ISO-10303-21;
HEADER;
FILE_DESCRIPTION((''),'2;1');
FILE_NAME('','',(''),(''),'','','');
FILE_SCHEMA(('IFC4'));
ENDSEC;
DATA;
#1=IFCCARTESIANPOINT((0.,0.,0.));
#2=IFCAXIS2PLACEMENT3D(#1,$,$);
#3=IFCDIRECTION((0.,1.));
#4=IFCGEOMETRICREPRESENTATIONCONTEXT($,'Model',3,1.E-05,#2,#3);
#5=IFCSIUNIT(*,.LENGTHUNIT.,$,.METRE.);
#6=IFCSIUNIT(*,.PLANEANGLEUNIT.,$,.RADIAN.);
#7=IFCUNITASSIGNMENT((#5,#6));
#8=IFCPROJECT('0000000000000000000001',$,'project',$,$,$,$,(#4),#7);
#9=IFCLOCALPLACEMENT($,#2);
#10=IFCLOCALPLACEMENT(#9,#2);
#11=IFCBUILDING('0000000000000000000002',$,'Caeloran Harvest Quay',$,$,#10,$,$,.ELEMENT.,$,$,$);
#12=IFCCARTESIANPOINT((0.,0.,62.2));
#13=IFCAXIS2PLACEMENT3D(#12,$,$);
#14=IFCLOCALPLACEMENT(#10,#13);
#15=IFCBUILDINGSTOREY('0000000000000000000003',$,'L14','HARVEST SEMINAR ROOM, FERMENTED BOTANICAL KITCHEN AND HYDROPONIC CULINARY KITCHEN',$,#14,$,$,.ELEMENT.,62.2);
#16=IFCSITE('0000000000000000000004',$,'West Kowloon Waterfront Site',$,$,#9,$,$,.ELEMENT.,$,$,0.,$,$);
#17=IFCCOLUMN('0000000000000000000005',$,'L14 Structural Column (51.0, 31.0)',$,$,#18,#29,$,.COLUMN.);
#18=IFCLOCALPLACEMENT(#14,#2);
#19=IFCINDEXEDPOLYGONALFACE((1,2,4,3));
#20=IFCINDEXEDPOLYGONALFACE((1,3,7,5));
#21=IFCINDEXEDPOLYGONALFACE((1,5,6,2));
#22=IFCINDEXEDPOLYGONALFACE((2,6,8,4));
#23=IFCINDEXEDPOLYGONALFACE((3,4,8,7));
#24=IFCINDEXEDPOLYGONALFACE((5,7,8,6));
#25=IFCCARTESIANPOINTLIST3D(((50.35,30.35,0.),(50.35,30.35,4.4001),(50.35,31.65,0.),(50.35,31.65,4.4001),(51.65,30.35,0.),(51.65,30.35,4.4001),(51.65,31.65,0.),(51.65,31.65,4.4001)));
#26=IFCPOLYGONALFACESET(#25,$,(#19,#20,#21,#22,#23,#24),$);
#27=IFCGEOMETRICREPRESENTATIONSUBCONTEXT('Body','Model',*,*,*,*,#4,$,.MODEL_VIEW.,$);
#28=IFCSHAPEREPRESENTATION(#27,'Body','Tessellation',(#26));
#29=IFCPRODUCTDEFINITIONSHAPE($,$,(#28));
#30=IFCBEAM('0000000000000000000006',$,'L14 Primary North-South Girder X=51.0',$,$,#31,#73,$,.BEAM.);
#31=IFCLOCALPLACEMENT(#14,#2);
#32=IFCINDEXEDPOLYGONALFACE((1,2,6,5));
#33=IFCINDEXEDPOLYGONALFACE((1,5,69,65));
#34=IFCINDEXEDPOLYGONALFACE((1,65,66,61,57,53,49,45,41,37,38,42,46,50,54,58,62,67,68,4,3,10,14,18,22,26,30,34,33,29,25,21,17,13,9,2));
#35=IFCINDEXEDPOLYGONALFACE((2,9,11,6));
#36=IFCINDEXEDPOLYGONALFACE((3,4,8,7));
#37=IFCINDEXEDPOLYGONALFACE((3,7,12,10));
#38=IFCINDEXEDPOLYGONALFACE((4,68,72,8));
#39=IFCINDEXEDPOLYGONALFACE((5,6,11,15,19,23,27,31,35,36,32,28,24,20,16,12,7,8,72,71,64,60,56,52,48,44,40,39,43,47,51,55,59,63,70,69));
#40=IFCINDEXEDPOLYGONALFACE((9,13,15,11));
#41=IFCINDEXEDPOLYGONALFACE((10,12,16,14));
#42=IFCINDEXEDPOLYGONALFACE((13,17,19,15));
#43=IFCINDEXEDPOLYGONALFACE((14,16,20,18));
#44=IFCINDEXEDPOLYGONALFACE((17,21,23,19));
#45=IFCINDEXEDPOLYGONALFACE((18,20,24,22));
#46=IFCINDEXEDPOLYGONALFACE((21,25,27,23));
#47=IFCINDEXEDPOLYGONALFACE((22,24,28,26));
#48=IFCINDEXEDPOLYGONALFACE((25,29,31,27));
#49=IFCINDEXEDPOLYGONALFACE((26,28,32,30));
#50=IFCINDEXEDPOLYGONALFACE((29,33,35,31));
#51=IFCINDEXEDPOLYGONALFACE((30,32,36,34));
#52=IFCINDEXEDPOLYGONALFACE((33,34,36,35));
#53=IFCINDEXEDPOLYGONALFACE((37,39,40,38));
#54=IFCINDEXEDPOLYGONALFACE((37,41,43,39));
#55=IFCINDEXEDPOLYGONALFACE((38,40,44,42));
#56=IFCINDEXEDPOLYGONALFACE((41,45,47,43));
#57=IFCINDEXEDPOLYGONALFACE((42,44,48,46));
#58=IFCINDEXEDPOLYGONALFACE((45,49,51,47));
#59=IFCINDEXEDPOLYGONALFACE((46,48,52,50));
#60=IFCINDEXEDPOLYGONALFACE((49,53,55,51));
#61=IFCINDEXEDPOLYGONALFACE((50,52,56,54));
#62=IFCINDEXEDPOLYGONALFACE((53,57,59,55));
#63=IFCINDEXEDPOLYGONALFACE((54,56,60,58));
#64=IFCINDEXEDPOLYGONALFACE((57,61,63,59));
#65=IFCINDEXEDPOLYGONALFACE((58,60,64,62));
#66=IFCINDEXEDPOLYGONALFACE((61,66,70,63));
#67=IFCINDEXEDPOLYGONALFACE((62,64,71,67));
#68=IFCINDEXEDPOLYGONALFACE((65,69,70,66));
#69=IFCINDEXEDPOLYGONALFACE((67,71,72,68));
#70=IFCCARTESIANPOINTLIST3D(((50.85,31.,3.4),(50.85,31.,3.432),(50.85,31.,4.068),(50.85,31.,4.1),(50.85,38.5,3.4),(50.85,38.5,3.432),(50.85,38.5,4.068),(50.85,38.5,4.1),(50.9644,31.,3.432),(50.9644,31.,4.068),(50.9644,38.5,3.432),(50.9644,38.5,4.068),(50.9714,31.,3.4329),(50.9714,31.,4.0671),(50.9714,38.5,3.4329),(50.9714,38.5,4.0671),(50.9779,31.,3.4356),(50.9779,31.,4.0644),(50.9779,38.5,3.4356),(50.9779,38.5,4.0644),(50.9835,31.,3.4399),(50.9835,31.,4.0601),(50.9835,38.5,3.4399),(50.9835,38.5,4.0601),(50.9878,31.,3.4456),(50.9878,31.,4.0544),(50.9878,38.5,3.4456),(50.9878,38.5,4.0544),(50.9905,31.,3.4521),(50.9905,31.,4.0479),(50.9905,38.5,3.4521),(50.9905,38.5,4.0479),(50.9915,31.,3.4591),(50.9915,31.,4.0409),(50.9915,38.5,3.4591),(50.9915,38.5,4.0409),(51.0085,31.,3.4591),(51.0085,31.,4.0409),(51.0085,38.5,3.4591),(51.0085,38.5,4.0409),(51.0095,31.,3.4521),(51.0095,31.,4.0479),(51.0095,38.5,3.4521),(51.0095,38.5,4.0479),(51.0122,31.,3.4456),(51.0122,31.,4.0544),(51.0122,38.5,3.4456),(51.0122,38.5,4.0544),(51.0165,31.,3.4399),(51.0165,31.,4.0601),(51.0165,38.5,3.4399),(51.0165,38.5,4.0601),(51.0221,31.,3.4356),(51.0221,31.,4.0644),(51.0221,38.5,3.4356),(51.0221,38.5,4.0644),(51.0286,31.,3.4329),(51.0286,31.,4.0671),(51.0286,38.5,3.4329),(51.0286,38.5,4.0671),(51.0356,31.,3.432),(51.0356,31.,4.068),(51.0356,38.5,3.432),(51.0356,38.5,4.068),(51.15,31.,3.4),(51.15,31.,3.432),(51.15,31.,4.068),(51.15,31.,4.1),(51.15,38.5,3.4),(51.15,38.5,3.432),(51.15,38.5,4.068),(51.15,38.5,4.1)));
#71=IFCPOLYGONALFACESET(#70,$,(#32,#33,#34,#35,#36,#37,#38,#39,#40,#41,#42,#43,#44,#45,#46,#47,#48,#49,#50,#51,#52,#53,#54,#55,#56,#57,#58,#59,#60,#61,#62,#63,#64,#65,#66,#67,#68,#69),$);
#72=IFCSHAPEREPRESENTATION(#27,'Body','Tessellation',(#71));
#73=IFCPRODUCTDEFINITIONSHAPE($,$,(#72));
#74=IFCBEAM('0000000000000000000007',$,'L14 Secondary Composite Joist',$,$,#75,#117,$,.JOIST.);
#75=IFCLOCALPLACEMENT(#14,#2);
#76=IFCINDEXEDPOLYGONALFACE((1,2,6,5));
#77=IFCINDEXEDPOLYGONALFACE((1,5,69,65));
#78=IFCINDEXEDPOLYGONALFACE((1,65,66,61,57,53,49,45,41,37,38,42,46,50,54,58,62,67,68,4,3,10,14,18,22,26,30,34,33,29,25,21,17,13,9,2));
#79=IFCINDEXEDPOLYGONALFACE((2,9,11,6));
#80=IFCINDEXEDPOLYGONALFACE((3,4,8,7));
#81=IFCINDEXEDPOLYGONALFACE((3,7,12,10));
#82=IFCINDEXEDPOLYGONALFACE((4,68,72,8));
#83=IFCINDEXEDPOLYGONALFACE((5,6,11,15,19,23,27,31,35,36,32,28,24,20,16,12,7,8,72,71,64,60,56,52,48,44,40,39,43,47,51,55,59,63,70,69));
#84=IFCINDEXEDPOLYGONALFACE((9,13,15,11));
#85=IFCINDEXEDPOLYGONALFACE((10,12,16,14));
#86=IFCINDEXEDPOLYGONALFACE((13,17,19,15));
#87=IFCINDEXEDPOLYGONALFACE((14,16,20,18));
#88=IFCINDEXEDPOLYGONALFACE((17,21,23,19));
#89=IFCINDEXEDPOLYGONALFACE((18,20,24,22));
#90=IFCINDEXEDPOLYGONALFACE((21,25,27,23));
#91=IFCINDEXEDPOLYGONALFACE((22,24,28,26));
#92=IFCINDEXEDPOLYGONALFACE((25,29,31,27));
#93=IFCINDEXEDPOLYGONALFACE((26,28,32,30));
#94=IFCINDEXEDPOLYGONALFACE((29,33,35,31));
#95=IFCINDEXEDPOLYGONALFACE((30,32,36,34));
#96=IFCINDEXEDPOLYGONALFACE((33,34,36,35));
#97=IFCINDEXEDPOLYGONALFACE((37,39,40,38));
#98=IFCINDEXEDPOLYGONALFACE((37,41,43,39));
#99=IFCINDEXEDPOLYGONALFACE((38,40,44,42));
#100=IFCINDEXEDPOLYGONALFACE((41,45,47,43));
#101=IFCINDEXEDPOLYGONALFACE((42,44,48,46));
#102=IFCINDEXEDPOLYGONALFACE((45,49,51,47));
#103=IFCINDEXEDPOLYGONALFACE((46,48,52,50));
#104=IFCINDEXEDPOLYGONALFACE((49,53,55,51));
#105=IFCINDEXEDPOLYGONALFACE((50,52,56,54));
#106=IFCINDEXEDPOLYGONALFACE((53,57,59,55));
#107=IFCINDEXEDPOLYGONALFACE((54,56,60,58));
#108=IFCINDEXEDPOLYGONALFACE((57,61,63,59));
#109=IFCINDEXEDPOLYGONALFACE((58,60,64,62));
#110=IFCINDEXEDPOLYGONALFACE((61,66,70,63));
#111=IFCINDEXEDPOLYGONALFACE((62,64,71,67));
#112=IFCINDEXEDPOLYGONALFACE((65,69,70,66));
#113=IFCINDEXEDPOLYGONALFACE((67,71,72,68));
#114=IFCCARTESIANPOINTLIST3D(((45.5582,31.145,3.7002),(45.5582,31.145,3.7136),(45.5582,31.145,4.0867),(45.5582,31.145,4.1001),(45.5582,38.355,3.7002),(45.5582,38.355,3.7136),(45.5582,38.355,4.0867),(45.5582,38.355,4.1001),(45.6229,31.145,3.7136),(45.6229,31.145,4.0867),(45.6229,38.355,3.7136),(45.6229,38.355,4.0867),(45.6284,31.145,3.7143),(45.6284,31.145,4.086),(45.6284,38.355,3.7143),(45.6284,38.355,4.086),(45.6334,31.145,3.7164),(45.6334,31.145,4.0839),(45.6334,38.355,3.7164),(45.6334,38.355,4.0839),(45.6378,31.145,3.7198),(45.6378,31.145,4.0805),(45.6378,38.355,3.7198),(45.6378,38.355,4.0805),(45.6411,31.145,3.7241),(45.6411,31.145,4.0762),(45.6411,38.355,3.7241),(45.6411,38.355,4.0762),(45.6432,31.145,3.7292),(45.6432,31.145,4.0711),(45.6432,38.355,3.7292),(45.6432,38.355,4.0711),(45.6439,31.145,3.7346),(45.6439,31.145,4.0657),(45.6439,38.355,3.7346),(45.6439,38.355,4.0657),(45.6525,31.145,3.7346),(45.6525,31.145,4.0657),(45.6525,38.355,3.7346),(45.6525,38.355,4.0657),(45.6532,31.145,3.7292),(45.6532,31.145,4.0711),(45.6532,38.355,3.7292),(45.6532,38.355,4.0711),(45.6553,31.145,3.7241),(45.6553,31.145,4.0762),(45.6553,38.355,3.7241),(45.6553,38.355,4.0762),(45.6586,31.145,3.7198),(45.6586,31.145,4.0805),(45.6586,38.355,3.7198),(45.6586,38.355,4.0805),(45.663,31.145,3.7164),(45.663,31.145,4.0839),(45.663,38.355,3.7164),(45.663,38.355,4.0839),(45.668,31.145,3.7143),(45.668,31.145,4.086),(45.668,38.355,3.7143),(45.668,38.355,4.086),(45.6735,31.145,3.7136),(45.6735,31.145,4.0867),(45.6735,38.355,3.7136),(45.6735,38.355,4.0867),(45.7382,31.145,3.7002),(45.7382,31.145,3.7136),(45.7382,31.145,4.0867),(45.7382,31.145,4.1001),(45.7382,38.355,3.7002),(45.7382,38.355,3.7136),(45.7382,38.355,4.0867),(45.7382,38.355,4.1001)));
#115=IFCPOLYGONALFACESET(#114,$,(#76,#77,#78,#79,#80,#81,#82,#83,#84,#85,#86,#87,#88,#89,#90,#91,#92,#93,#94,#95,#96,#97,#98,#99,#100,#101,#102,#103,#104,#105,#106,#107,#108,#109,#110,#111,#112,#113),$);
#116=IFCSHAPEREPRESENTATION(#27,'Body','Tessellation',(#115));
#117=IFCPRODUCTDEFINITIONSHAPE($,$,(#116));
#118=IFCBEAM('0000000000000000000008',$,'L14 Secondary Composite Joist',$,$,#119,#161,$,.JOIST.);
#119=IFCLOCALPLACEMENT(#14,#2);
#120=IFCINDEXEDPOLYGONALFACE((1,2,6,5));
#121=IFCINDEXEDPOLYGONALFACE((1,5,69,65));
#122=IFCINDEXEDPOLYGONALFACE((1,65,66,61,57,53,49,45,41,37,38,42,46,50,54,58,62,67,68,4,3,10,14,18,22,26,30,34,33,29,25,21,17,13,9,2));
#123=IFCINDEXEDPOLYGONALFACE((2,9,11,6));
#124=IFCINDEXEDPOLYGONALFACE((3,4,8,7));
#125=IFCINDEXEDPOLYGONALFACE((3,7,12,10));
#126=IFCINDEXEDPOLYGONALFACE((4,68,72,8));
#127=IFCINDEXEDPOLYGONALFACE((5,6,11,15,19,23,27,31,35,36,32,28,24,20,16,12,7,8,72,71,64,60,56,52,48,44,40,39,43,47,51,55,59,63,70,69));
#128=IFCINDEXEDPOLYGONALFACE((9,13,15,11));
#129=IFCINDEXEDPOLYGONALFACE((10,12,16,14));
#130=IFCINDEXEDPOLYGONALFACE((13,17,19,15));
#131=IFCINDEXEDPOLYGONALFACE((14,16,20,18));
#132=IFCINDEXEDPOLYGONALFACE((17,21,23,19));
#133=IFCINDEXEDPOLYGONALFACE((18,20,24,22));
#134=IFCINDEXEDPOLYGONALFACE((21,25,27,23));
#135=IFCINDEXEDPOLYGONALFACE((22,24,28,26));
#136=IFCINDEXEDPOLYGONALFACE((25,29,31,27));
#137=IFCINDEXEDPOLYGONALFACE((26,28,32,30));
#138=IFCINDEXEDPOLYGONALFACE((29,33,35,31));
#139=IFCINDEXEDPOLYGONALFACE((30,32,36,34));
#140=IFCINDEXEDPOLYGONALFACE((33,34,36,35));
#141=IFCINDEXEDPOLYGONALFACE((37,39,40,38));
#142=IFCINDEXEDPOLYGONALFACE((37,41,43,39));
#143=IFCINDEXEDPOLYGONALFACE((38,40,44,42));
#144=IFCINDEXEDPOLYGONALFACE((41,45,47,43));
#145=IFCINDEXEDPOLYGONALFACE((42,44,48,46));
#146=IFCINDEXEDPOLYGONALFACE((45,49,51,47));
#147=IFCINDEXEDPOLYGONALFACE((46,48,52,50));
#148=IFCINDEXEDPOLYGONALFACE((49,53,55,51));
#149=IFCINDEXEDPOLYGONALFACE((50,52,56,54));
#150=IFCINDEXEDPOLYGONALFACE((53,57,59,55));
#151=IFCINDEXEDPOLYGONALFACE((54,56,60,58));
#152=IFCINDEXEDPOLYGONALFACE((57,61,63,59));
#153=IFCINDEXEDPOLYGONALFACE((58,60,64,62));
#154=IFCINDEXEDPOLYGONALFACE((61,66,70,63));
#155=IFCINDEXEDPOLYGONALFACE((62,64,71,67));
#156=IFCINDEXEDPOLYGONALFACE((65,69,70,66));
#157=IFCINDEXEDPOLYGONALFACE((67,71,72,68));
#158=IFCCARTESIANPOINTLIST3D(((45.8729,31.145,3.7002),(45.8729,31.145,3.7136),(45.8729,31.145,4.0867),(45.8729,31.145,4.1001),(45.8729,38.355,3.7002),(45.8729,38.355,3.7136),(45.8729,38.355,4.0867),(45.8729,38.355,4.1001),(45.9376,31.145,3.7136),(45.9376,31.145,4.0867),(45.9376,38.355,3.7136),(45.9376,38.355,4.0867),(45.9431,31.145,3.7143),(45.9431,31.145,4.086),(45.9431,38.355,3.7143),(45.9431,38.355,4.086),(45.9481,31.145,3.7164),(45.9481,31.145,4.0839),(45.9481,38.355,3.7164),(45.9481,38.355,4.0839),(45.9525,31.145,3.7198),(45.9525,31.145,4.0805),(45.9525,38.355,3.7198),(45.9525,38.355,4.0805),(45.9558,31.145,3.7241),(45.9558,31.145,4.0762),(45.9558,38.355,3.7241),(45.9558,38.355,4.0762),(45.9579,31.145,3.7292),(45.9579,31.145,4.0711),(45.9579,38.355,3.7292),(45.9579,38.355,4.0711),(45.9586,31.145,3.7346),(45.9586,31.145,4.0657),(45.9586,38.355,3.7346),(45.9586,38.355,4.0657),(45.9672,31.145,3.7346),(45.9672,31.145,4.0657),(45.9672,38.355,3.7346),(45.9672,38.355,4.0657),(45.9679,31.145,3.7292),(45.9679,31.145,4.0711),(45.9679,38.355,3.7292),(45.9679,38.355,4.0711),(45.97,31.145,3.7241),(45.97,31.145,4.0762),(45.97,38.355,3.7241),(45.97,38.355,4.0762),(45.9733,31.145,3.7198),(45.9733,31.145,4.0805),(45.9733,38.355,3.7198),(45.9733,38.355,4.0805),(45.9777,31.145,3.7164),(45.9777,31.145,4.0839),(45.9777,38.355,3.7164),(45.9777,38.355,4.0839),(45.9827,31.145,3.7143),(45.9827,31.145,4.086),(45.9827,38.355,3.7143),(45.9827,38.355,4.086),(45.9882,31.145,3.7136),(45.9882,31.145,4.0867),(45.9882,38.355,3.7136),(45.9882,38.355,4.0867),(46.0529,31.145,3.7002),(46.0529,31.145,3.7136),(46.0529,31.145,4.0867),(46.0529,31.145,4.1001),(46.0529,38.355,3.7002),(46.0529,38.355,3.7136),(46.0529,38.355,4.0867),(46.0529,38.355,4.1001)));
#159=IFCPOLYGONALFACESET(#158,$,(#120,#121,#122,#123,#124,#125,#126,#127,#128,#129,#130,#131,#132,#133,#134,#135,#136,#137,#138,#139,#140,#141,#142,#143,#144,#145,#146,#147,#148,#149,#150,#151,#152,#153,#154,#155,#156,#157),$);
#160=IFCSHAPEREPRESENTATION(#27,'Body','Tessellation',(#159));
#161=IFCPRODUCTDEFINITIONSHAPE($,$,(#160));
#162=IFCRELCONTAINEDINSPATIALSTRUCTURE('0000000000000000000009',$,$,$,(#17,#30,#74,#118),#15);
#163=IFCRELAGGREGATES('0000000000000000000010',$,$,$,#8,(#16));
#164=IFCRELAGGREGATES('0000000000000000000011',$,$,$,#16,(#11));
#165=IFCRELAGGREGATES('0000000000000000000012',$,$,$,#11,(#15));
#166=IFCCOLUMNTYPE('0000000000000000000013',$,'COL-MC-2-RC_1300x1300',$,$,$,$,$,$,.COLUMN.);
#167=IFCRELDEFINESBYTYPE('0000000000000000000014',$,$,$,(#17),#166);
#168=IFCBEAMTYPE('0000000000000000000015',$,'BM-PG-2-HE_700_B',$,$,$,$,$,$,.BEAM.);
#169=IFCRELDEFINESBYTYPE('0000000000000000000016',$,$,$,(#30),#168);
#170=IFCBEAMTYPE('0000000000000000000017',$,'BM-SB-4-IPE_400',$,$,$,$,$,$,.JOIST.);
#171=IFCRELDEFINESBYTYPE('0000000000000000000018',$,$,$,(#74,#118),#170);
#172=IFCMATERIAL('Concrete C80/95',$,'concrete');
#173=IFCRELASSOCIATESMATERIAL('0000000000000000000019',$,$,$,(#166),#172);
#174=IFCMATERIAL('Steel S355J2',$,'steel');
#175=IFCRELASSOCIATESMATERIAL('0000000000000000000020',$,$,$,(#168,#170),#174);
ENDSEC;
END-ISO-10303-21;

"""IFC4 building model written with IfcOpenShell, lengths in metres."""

from ifc_helpers import new_model, si_unit, direction, frame, origin, origin_2d, place, context, subcontext, project, spatial, rectangle, i_section, extrude, material, material_profile, profile_set, type_object, element, save


model = new_model("IFC4")

# Units and contexts
model_context = context("Model", 3, precision=1e-05, world=origin(), true_north=direction((0.0, 1.0)))
body_context = subcontext(model_context, "Body", "Model", "MODEL_VIEW")
ifc_project = project(units=[si_unit("LENGTHUNIT", "METRE"), si_unit("PLANEANGLEUNIT", "RADIAN")], contexts=[model_context])

# Site, building, storey
site_placement = place(None, origin())
site = spatial("IfcSite", under=ifc_project, at=site_placement, Name="West Kowloon Waterfront Site", CompositionType="ELEMENT", RefElevation=0.0)
building_placement = place(site_placement, origin())
building = spatial("IfcBuilding", under=site, at=building_placement, Name="Caeloran Harvest Quay", CompositionType="ELEMENT")
storey_placement = place(building_placement, frame((0.0, 0.0, 62.2)))
storey = spatial("IfcBuildingStorey", under=building, at=storey_placement, Name="L14", Description="HARVEST SEMINAR ROOM, FERMENTED BOTANICAL KITCHEN AND HYDROPONIC CULINARY KITCHEN", CompositionType="ELEMENT", Elevation=62.2)

# Column
ifc_material_1 = material(Name="Concrete C80/95", Category="concrete")
ifc_material_profile_1 = material_profile(ifc_material_1, rectangle(XDim=1.3, YDim=1.3, at=origin_2d()), Name="RC 1300x1300")
ifc_profile_set_1 = profile_set([ifc_material_profile_1], Name="Concrete C80/95")
column_type = type_object("IfcColumnType", Name="COL-MC-2-RC_1300x1300", PredefinedType="COLUMN", material=ifc_profile_set_1)
column_placement = place(storey_placement, frame((51.0, 31.0, 0.0), z_axis=(0.0, 0.0, 1.0), x_axis=(1.0, 0.0, 0.0)))
element("IfcColumn", 1, at=column_placement, inside=storey, type_object=column_type, Name="L14 Structural Column (51.0, 31.0)", PredefinedType="COLUMN", context=body_context, shape_type="SweptSolid", body=[
    extrude(rectangle(XDim=1.3, YDim=1.3, at=origin_2d()), origin(), (0.0, 0.0, 1.0), 4.4001),
])

# Beams
ifc_material_2 = material(Name="Steel S355J2", Category="steel")
ifc_material_profile_2 = material_profile(ifc_material_2, i_section(OverallWidth=0.3, OverallDepth=0.7, WebThickness=0.0171, FlangeThickness=0.032, FilletRadius=0.0271, at=origin_2d()), Name="HE 700 B")
ifc_profile_set_2 = profile_set([ifc_material_profile_2], Name="Steel S355J2")
beam_type_1 = type_object("IfcBeamType", Name="BM-PG-2-HE_700_B", PredefinedType="BEAM", material=ifc_profile_set_2)
beam_placement = place(storey_placement, frame((51.0, 31.0, 3.75), z_axis=(0.0, 1.0, 0.0), x_axis=(-1.0, 0.0, 0.0)))
element("IfcBeam", 2, at=beam_placement, inside=storey, type_object=beam_type_1, Name="L14 Primary North-South Girder X=51.0", PredefinedType="BEAM", context=body_context, shape_type="SweptSolid", body=[
    extrude(i_section(OverallWidth=0.3, OverallDepth=0.7, WebThickness=0.0171, FlangeThickness=0.032, FilletRadius=0.0271, at=origin_2d()), origin(), (0.0, 0.0, 1.0), 7.5),
])
ifc_material_profile_3 = material_profile(ifc_material_2, i_section(OverallWidth=0.1799, OverallDepth=0.3999, WebThickness=0.0085, FlangeThickness=0.0134, FilletRadius=0.021, at=origin_2d()), Name="IPE 400")
ifc_profile_set_3 = profile_set([ifc_material_profile_3], Name="Steel S355J2")
beam_type_2 = type_object("IfcBeamType", Name="BM-SB-4-IPE_400", PredefinedType="JOIST", material=ifc_profile_set_3)
for number, where, z_axis, x_axis, name in (
    (3, (45.6482, 31.145, 3.9001), (0.0, 1.0, 0.0), (-1.0, 0.0, 0.0), "L14 Secondary Composite Joist"),
    (4, (45.9629, 31.145, 3.9001), (0.0, 1.0, 0.0), (-1.0, 0.0, 0.0), "L14 Secondary Composite Joist"),
):
    element("IfcBeam", number, at=place(storey_placement, frame(where, z_axis=z_axis, x_axis=x_axis)), inside=storey, type_object=beam_type_2, Name=name, PredefinedType="JOIST", context=body_context, shape_type="SweptSolid", body=[
        extrude(i_section(OverallWidth=0.1799, OverallDepth=0.3999, WebThickness=0.0085, FlangeThickness=0.0134, FilletRadius=0.021, at=origin_2d()), origin(), (0.0, 0.0, 1.0), 7.21),
    ])

save(model, "model.ifc")
